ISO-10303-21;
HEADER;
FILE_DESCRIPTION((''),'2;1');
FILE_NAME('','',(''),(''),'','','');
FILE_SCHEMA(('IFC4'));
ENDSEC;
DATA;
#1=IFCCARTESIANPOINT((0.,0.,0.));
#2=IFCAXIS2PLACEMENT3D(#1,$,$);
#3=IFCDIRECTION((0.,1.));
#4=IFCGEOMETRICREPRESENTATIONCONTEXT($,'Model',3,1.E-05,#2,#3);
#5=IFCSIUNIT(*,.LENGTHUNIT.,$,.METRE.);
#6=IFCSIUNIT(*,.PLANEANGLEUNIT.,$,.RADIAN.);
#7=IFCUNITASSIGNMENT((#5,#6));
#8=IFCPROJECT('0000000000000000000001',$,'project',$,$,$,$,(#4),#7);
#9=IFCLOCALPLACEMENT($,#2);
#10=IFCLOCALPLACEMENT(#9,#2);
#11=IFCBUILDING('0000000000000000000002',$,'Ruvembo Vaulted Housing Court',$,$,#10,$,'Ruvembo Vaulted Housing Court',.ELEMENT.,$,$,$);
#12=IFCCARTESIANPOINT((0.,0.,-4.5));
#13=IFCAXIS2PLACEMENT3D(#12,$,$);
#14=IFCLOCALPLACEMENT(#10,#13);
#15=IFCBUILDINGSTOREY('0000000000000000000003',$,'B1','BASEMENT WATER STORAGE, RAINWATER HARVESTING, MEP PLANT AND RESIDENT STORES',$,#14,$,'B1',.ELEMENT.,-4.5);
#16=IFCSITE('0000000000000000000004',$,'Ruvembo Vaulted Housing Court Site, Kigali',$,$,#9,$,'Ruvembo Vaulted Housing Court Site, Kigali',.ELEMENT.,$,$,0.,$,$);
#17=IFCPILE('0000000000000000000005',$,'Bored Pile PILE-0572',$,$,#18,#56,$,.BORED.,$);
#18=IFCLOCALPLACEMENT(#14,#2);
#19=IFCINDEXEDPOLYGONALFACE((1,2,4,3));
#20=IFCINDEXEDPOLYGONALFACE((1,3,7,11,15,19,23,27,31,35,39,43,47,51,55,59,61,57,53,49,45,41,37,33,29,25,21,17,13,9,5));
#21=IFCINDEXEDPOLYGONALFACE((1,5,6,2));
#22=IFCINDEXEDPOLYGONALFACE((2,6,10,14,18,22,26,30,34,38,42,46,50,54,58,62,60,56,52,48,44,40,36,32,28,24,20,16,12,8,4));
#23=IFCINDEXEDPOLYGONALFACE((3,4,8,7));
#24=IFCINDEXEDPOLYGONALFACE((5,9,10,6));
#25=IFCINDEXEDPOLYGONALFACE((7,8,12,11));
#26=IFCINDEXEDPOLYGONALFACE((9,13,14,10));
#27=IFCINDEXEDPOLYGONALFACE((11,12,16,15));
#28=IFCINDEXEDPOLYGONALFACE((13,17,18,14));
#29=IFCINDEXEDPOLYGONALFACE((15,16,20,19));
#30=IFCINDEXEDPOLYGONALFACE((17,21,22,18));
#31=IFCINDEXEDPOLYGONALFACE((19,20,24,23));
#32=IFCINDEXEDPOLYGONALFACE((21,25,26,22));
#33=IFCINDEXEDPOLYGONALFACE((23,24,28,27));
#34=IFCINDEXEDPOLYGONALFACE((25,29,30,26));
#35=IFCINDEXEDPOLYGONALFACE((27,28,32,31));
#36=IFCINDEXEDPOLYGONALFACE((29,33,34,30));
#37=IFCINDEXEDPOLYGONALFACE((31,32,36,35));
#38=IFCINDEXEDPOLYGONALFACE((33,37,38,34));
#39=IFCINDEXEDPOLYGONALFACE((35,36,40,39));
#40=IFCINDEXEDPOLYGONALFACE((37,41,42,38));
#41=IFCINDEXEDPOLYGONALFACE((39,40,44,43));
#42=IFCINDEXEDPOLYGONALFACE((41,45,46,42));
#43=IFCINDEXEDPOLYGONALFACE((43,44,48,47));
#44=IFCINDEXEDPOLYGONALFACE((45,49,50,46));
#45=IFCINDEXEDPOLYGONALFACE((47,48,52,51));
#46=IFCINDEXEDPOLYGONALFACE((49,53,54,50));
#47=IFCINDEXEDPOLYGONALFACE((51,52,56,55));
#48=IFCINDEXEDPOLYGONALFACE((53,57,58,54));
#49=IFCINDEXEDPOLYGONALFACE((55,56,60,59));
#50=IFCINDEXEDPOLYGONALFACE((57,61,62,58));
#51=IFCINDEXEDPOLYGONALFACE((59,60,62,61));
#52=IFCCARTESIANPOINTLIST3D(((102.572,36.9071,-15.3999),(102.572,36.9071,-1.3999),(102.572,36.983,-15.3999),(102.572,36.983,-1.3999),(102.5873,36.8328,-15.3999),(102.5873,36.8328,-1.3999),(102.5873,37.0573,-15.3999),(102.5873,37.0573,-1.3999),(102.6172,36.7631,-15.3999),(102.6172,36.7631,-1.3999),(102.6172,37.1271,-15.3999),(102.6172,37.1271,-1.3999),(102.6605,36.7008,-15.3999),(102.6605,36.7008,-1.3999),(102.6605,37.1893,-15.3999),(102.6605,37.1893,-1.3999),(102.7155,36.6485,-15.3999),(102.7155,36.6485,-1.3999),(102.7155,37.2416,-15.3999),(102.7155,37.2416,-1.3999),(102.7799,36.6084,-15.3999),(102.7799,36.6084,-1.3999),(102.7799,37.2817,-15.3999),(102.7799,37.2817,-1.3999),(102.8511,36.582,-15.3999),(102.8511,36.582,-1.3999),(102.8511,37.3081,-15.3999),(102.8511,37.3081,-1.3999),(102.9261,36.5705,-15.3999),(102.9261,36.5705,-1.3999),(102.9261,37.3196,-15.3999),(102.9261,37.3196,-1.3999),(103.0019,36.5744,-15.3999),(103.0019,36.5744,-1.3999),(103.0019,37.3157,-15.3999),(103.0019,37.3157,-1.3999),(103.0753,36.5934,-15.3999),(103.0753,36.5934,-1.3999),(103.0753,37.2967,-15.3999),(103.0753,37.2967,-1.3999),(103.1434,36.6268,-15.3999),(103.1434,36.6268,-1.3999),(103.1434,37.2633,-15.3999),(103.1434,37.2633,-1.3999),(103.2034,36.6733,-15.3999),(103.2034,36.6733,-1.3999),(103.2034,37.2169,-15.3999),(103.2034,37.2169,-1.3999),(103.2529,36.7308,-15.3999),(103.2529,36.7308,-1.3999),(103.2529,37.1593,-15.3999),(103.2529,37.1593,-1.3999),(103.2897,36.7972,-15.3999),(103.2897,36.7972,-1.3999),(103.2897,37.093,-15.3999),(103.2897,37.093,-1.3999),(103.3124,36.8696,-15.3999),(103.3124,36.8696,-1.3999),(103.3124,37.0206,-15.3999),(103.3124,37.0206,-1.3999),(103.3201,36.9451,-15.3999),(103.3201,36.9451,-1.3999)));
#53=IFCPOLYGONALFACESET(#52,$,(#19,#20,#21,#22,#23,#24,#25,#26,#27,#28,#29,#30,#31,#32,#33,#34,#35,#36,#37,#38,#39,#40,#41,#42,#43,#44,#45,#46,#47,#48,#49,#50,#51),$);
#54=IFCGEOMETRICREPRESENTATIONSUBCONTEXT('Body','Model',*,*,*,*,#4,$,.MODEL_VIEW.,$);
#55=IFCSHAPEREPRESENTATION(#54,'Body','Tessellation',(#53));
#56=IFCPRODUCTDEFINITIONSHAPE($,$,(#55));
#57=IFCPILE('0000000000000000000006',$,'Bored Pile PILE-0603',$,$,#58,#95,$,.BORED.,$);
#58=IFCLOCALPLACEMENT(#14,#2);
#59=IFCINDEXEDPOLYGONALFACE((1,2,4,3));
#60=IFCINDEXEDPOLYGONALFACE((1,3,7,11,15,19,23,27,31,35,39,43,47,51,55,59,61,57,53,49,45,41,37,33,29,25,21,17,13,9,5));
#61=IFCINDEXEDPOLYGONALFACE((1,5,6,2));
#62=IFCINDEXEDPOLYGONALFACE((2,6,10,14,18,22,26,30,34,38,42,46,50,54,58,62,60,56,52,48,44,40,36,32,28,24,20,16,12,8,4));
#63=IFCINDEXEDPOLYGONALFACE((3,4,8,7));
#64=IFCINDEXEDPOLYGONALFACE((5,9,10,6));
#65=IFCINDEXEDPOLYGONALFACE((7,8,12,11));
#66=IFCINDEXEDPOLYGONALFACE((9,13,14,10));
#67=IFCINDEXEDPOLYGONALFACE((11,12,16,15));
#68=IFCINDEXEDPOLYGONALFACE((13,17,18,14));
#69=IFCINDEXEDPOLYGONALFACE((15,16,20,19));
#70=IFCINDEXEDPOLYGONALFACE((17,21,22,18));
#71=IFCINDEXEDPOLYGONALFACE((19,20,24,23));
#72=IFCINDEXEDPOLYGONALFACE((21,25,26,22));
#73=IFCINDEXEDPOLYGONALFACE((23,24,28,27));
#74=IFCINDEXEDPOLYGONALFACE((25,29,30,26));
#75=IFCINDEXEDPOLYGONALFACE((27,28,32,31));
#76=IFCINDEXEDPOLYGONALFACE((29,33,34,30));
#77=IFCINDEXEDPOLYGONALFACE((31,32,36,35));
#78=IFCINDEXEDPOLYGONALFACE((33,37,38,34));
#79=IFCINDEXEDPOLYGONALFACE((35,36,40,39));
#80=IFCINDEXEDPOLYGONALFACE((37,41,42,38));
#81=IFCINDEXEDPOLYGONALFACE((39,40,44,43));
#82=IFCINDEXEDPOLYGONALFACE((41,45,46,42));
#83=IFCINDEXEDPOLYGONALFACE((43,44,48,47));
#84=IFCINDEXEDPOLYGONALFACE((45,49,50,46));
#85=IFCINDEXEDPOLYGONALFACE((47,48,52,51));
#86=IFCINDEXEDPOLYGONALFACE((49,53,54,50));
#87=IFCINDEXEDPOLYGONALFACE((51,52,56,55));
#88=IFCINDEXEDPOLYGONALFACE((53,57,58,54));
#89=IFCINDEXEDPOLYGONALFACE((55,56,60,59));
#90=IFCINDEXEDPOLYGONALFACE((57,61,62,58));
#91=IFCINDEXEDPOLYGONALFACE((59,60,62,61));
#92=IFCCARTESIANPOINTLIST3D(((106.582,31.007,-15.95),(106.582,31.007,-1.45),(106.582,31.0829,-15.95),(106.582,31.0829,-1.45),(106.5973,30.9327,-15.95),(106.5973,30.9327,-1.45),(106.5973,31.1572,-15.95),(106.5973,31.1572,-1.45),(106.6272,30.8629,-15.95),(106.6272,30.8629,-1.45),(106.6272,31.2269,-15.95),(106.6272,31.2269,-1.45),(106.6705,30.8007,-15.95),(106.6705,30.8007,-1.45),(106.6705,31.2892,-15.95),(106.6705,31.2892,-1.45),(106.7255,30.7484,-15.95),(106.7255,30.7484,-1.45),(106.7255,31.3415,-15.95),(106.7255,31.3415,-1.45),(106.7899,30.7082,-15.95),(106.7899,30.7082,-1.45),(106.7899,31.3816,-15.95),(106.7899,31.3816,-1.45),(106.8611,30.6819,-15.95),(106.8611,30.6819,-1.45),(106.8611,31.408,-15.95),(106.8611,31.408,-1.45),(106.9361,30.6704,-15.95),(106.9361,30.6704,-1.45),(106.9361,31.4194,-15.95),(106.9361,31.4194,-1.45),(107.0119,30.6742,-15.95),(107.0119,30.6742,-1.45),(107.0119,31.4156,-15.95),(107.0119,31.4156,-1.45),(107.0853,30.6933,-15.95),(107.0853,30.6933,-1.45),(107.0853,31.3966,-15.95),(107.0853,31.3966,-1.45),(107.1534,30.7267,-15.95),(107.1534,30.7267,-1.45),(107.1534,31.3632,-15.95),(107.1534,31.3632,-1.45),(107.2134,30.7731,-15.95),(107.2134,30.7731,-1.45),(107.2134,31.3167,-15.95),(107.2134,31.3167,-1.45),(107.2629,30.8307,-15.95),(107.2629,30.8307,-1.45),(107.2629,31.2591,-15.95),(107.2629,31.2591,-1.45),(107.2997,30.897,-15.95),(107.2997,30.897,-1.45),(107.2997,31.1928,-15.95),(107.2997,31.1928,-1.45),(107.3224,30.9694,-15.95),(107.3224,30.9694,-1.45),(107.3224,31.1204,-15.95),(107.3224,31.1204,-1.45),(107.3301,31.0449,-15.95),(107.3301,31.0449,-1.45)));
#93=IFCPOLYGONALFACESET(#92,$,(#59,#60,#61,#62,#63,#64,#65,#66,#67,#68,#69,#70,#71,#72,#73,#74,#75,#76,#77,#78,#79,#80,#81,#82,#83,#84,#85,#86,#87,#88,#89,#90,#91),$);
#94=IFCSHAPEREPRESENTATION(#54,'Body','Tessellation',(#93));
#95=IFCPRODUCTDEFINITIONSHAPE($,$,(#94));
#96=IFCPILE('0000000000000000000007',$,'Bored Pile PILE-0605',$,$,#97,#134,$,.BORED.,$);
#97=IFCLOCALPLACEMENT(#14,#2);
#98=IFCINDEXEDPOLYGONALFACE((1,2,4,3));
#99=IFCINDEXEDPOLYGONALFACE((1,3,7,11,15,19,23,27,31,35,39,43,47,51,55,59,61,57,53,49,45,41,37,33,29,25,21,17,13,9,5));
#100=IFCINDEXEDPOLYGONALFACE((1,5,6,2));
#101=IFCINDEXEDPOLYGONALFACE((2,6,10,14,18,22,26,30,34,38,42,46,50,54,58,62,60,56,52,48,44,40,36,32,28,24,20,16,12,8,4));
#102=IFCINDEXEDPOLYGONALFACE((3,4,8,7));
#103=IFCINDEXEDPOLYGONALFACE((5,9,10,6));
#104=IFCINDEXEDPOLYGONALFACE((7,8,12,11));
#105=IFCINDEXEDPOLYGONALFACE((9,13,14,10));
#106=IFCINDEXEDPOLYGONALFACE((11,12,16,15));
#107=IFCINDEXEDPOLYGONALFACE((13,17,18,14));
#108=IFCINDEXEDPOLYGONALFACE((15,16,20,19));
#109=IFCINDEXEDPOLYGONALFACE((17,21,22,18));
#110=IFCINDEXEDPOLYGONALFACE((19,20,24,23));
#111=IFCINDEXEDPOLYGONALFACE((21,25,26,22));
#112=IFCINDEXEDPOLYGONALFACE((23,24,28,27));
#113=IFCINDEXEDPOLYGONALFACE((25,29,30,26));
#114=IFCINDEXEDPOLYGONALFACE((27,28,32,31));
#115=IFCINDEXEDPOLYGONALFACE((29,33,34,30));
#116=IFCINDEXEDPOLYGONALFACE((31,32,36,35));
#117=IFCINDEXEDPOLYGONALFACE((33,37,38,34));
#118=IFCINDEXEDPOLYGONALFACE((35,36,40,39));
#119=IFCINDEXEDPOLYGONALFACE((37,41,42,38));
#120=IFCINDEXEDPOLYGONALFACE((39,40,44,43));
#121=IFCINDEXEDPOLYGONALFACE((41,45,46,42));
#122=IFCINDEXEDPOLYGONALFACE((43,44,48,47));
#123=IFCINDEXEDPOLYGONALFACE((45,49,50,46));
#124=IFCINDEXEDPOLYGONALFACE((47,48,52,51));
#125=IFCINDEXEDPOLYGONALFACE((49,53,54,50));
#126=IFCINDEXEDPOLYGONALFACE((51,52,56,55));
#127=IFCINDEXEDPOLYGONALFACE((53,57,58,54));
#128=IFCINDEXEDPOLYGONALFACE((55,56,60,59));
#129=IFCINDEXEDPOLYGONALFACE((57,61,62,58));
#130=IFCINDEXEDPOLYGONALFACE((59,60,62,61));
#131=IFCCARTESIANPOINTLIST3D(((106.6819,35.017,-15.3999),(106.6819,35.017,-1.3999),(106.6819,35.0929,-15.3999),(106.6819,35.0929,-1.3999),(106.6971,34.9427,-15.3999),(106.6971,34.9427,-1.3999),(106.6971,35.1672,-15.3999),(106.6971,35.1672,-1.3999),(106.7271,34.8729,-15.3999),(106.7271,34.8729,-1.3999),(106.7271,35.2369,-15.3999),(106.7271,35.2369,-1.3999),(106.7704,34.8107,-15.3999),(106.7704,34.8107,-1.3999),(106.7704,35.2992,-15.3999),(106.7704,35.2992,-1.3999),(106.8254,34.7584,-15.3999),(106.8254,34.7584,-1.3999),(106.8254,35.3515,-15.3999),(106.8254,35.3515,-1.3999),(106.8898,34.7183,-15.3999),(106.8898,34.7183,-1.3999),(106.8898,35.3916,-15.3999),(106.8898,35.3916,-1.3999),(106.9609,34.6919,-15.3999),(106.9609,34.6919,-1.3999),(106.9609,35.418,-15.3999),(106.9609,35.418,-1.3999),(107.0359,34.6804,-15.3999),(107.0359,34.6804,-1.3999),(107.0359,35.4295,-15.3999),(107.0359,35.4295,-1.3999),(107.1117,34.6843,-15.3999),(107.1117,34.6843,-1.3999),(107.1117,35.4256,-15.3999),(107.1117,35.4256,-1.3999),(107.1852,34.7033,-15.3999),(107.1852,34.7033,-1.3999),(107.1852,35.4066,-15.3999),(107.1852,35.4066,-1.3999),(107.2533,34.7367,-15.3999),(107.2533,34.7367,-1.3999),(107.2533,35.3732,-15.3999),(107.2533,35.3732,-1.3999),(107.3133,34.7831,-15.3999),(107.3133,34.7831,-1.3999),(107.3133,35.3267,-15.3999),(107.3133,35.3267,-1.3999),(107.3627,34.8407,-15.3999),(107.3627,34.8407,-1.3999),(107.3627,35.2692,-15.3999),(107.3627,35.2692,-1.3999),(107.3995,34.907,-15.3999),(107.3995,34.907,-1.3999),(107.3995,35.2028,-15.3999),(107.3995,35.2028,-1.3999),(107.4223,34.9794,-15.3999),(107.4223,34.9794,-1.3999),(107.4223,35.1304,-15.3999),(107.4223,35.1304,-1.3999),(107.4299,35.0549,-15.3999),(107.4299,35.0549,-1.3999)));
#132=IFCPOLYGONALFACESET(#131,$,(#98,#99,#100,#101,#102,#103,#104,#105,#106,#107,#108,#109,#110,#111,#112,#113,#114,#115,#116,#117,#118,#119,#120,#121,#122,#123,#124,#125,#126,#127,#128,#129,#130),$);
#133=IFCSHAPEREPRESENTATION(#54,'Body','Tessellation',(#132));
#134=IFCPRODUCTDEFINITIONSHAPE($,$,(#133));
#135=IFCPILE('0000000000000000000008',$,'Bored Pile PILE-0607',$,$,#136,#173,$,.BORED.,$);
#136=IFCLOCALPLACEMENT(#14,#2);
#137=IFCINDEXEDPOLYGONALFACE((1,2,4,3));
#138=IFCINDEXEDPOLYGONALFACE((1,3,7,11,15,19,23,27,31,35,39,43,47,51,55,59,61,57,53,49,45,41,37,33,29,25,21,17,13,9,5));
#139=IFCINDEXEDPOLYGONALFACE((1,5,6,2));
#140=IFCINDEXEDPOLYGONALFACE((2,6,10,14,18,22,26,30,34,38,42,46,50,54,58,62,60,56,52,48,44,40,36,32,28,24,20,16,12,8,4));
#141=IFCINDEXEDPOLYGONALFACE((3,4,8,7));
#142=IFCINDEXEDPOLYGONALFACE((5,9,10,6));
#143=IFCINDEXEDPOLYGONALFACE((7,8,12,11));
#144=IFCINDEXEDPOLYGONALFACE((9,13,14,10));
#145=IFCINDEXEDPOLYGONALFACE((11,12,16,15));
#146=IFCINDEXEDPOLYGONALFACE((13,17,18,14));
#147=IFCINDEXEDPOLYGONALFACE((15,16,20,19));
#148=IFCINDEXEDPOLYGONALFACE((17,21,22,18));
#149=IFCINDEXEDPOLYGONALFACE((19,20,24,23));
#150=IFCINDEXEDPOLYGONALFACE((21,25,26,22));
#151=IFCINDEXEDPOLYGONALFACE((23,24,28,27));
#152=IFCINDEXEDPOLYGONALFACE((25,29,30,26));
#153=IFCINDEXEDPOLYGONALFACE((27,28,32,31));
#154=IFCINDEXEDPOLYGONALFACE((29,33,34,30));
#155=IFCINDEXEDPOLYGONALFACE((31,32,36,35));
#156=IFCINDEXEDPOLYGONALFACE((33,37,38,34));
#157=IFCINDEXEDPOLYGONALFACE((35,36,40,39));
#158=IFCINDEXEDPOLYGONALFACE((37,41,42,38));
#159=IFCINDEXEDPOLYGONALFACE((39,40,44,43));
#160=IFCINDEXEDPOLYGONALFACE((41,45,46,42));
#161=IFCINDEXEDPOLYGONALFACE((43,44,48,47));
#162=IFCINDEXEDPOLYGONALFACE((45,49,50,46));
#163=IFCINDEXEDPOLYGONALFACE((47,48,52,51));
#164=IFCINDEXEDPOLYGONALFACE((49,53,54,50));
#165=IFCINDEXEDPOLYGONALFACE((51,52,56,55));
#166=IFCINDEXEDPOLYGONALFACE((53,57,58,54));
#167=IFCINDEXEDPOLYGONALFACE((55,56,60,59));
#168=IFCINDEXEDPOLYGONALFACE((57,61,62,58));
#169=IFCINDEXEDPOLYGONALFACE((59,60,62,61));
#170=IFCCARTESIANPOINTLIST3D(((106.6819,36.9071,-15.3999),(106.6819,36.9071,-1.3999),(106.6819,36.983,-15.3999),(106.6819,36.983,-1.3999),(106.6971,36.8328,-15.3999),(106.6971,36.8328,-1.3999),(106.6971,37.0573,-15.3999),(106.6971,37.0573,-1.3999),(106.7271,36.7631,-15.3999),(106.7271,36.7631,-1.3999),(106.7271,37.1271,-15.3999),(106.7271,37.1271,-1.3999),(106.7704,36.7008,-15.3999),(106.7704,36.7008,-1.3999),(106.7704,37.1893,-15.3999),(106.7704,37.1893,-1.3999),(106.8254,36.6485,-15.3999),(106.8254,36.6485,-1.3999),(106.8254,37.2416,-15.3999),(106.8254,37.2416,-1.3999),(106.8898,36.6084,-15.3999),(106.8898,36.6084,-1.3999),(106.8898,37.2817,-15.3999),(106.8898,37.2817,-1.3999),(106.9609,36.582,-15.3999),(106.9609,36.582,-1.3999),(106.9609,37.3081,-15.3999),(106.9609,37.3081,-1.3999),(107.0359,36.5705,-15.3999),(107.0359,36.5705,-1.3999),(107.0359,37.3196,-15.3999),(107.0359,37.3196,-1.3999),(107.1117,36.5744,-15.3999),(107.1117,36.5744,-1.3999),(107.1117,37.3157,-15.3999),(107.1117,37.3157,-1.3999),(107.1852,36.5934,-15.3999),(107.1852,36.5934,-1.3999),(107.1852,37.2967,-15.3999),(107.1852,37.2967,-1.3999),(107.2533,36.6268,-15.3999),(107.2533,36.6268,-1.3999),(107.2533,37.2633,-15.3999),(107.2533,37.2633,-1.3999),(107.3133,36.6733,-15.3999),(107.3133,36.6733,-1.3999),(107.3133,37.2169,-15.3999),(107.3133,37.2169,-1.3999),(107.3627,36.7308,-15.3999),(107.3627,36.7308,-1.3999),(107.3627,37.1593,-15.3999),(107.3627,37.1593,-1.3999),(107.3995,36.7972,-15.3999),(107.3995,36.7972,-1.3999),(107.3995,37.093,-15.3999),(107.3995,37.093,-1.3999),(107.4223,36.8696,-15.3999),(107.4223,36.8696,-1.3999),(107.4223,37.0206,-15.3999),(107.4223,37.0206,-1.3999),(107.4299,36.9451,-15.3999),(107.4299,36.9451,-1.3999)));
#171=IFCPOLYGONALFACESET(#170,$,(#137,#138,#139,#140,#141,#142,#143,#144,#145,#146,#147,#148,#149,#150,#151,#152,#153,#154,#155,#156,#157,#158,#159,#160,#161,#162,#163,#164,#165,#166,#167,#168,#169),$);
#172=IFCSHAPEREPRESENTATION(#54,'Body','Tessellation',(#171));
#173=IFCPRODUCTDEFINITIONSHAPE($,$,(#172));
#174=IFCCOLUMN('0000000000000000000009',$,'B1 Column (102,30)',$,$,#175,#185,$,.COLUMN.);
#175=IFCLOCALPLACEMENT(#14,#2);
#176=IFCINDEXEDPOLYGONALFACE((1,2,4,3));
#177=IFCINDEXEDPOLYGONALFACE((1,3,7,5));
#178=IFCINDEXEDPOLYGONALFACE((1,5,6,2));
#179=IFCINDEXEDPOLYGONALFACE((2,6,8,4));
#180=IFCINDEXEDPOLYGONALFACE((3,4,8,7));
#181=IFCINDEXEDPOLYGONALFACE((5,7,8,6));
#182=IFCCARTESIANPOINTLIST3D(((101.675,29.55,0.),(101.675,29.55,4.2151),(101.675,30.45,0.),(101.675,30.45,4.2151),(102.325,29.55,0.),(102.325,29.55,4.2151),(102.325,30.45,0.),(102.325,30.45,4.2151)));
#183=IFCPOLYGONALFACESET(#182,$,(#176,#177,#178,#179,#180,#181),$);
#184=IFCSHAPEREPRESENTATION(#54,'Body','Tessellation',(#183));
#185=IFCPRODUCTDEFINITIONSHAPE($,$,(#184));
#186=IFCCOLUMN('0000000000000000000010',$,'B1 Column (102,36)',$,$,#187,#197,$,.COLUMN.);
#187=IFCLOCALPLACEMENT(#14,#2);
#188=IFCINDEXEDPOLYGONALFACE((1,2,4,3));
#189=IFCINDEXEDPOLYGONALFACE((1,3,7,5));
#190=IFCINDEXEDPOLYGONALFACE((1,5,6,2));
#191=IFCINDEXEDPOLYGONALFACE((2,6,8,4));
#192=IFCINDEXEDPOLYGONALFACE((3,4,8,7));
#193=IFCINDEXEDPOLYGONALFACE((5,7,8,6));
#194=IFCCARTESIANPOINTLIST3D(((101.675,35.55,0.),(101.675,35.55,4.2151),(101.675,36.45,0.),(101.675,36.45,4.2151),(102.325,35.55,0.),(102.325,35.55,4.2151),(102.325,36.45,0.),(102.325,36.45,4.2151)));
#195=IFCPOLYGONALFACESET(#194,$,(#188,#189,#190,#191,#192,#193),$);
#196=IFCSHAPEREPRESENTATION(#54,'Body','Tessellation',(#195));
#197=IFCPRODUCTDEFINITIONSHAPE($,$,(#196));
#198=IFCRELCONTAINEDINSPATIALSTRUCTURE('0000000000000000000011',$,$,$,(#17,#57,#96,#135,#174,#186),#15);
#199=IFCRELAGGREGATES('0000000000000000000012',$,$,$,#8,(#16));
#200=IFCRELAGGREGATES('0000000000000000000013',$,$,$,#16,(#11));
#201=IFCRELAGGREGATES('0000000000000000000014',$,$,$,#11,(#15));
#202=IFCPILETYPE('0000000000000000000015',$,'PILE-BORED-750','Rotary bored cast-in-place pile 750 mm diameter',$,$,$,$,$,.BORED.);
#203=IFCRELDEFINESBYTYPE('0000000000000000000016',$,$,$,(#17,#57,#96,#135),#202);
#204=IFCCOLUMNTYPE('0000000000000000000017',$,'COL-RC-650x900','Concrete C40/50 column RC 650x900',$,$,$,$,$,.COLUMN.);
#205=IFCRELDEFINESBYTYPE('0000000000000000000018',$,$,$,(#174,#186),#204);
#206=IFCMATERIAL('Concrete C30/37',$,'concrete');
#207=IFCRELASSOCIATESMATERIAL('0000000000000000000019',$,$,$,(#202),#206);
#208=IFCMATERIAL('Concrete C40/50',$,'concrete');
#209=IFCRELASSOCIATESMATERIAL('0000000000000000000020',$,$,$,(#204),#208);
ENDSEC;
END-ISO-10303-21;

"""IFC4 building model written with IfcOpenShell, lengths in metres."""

from ifc_helpers import new_model, si_unit, direction, frame, origin, origin_2d, place, context, subcontext, project, spatial, rectangle, circle, extrude, material, material_profile, profile_set, type_object, element, save


model = new_model("IFC4")

# Units and contexts
model_context = context("Model", 3, precision=1e-05, world=origin(), true_north=direction((0.0, 1.0)))
body_context = subcontext(model_context, "Body", "Model", "MODEL_VIEW")
ifc_project = project(units=[si_unit("LENGTHUNIT", "METRE"), si_unit("PLANEANGLEUNIT", "RADIAN")], contexts=[model_context])

# Site, building, storey
site_placement = place(None, origin())
site = spatial("IfcSite", under=ifc_project, at=site_placement, Name="Ruvembo Vaulted Housing Court Site, Kigali", LongName="Ruvembo Vaulted Housing Court Site, Kigali", CompositionType="ELEMENT", RefElevation=0.0)
building_placement = place(site_placement, origin())
building = spatial("IfcBuilding", under=site, at=building_placement, Name="Ruvembo Vaulted Housing Court", LongName="Ruvembo Vaulted Housing Court", CompositionType="ELEMENT")
storey_placement = place(building_placement, frame((0.0, 0.0, -4.5)))
storey = spatial("IfcBuildingStorey", under=building, at=storey_placement, Name="B1", Description="BASEMENT WATER STORAGE, RAINWATER HARVESTING, MEP PLANT AND RESIDENT STORES", LongName="B1", CompositionType="ELEMENT", Elevation=-4.5)

# Piles
ifc_material_1 = material(Name="Concrete C30/37", Category="concrete")
ifc_material_profile_1 = material_profile(ifc_material_1, circle(Radius=0.375, at=origin_2d()), Name="PILE D750")
ifc_profile_set_1 = profile_set([ifc_material_profile_1], Name="Concrete C30/37")
pile_type_1 = type_object("IfcPileType", Name="PILE-BORED-750", Description="Rotary bored cast-in-place pile 750 mm diameter", PredefinedType="BORED", material=ifc_profile_set_1)
for number, where, z_axis, x_axis, name in (
    (1, (102.9451, 36.9451, -1.3999), (0.0, 0.0, -1.0), (1.0, 0.0, 0.0), "Bored Pile PILE-0572"),
):
    element("IfcPile", number, at=place(storey_placement, frame(where, z_axis=z_axis, x_axis=x_axis)), inside=storey, type_object=pile_type_1, Name=name, PredefinedType="BORED", context=body_context, shape_type="SweptSolid", body=[
        extrude(circle(Radius=0.375, at=origin_2d()), origin(), (0.0, 0.0, 1.0), 14.0),
    ])
pile_placement = place(storey_placement, frame((106.9551, 31.0449, -1.45), z_axis=(0.0, 0.0, -1.0), x_axis=(1.0, 0.0, 0.0)))
element("IfcPile", 2, at=pile_placement, inside=storey, type_object=pile_type_1, Name="Bored Pile PILE-0603", PredefinedType="BORED", context=body_context, shape_type="SweptSolid", body=[
    extrude(circle(Radius=0.375, at=origin_2d()), origin(), (0.0, 0.0, 1.0), 14.5),
])
for number, where, z_axis, x_axis, name in (
    (3, (107.0549, 35.0549, -1.3999), (0.0, 0.0, -1.0), (1.0, 0.0, 0.0), "Bored Pile PILE-0605"),
    (4, (107.0549, 36.9451, -1.3999), (0.0, 0.0, -1.0), (1.0, 0.0, 0.0), "Bored Pile PILE-0607"),
):
    element("IfcPile", number, at=place(storey_placement, frame(where, z_axis=z_axis, x_axis=x_axis)), inside=storey, type_object=pile_type_1, Name=name, PredefinedType="BORED", context=body_context, shape_type="SweptSolid", body=[
        extrude(circle(Radius=0.375, at=origin_2d()), origin(), (0.0, 0.0, 1.0), 14.0),
    ])

# Columns
ifc_material_2 = material(Name="Concrete C40/50", Category="concrete")
ifc_material_profile_2 = material_profile(ifc_material_2, rectangle(XDim=0.6499, YDim=0.8999, at=origin_2d()), Name="RC 650x900")
ifc_profile_set_2 = profile_set([ifc_material_profile_2], Name="Concrete C40/50")
column_type_1 = type_object("IfcColumnType", Name="COL-RC-650x900", Description="Concrete C40/50 column RC 650x900", PredefinedType="COLUMN", material=ifc_profile_set_2)
for number, where, z_axis, x_axis, name in (
    (5, (102.0, 30.0, 0.0), (0.0, 0.0, 1.0), (1.0, 0.0, 0.0), "B1 Column (102,30)"),
    (6, (102.0, 36.0, 0.0), (0.0, 0.0, 1.0), (1.0, 0.0, 0.0), "B1 Column (102,36)"),
):
    element("IfcColumn", number, at=place(storey_placement, frame(where, z_axis=z_axis, x_axis=x_axis)), inside=storey, type_object=column_type_1, Name=name, PredefinedType="COLUMN", context=body_context, shape_type="SweptSolid", body=[
        extrude(rectangle(XDim=0.6499, YDim=0.8999, at=origin_2d()), origin(), (0.0, 0.0, 1.0), 4.2151),
    ])

save(model, "model.ifc")
